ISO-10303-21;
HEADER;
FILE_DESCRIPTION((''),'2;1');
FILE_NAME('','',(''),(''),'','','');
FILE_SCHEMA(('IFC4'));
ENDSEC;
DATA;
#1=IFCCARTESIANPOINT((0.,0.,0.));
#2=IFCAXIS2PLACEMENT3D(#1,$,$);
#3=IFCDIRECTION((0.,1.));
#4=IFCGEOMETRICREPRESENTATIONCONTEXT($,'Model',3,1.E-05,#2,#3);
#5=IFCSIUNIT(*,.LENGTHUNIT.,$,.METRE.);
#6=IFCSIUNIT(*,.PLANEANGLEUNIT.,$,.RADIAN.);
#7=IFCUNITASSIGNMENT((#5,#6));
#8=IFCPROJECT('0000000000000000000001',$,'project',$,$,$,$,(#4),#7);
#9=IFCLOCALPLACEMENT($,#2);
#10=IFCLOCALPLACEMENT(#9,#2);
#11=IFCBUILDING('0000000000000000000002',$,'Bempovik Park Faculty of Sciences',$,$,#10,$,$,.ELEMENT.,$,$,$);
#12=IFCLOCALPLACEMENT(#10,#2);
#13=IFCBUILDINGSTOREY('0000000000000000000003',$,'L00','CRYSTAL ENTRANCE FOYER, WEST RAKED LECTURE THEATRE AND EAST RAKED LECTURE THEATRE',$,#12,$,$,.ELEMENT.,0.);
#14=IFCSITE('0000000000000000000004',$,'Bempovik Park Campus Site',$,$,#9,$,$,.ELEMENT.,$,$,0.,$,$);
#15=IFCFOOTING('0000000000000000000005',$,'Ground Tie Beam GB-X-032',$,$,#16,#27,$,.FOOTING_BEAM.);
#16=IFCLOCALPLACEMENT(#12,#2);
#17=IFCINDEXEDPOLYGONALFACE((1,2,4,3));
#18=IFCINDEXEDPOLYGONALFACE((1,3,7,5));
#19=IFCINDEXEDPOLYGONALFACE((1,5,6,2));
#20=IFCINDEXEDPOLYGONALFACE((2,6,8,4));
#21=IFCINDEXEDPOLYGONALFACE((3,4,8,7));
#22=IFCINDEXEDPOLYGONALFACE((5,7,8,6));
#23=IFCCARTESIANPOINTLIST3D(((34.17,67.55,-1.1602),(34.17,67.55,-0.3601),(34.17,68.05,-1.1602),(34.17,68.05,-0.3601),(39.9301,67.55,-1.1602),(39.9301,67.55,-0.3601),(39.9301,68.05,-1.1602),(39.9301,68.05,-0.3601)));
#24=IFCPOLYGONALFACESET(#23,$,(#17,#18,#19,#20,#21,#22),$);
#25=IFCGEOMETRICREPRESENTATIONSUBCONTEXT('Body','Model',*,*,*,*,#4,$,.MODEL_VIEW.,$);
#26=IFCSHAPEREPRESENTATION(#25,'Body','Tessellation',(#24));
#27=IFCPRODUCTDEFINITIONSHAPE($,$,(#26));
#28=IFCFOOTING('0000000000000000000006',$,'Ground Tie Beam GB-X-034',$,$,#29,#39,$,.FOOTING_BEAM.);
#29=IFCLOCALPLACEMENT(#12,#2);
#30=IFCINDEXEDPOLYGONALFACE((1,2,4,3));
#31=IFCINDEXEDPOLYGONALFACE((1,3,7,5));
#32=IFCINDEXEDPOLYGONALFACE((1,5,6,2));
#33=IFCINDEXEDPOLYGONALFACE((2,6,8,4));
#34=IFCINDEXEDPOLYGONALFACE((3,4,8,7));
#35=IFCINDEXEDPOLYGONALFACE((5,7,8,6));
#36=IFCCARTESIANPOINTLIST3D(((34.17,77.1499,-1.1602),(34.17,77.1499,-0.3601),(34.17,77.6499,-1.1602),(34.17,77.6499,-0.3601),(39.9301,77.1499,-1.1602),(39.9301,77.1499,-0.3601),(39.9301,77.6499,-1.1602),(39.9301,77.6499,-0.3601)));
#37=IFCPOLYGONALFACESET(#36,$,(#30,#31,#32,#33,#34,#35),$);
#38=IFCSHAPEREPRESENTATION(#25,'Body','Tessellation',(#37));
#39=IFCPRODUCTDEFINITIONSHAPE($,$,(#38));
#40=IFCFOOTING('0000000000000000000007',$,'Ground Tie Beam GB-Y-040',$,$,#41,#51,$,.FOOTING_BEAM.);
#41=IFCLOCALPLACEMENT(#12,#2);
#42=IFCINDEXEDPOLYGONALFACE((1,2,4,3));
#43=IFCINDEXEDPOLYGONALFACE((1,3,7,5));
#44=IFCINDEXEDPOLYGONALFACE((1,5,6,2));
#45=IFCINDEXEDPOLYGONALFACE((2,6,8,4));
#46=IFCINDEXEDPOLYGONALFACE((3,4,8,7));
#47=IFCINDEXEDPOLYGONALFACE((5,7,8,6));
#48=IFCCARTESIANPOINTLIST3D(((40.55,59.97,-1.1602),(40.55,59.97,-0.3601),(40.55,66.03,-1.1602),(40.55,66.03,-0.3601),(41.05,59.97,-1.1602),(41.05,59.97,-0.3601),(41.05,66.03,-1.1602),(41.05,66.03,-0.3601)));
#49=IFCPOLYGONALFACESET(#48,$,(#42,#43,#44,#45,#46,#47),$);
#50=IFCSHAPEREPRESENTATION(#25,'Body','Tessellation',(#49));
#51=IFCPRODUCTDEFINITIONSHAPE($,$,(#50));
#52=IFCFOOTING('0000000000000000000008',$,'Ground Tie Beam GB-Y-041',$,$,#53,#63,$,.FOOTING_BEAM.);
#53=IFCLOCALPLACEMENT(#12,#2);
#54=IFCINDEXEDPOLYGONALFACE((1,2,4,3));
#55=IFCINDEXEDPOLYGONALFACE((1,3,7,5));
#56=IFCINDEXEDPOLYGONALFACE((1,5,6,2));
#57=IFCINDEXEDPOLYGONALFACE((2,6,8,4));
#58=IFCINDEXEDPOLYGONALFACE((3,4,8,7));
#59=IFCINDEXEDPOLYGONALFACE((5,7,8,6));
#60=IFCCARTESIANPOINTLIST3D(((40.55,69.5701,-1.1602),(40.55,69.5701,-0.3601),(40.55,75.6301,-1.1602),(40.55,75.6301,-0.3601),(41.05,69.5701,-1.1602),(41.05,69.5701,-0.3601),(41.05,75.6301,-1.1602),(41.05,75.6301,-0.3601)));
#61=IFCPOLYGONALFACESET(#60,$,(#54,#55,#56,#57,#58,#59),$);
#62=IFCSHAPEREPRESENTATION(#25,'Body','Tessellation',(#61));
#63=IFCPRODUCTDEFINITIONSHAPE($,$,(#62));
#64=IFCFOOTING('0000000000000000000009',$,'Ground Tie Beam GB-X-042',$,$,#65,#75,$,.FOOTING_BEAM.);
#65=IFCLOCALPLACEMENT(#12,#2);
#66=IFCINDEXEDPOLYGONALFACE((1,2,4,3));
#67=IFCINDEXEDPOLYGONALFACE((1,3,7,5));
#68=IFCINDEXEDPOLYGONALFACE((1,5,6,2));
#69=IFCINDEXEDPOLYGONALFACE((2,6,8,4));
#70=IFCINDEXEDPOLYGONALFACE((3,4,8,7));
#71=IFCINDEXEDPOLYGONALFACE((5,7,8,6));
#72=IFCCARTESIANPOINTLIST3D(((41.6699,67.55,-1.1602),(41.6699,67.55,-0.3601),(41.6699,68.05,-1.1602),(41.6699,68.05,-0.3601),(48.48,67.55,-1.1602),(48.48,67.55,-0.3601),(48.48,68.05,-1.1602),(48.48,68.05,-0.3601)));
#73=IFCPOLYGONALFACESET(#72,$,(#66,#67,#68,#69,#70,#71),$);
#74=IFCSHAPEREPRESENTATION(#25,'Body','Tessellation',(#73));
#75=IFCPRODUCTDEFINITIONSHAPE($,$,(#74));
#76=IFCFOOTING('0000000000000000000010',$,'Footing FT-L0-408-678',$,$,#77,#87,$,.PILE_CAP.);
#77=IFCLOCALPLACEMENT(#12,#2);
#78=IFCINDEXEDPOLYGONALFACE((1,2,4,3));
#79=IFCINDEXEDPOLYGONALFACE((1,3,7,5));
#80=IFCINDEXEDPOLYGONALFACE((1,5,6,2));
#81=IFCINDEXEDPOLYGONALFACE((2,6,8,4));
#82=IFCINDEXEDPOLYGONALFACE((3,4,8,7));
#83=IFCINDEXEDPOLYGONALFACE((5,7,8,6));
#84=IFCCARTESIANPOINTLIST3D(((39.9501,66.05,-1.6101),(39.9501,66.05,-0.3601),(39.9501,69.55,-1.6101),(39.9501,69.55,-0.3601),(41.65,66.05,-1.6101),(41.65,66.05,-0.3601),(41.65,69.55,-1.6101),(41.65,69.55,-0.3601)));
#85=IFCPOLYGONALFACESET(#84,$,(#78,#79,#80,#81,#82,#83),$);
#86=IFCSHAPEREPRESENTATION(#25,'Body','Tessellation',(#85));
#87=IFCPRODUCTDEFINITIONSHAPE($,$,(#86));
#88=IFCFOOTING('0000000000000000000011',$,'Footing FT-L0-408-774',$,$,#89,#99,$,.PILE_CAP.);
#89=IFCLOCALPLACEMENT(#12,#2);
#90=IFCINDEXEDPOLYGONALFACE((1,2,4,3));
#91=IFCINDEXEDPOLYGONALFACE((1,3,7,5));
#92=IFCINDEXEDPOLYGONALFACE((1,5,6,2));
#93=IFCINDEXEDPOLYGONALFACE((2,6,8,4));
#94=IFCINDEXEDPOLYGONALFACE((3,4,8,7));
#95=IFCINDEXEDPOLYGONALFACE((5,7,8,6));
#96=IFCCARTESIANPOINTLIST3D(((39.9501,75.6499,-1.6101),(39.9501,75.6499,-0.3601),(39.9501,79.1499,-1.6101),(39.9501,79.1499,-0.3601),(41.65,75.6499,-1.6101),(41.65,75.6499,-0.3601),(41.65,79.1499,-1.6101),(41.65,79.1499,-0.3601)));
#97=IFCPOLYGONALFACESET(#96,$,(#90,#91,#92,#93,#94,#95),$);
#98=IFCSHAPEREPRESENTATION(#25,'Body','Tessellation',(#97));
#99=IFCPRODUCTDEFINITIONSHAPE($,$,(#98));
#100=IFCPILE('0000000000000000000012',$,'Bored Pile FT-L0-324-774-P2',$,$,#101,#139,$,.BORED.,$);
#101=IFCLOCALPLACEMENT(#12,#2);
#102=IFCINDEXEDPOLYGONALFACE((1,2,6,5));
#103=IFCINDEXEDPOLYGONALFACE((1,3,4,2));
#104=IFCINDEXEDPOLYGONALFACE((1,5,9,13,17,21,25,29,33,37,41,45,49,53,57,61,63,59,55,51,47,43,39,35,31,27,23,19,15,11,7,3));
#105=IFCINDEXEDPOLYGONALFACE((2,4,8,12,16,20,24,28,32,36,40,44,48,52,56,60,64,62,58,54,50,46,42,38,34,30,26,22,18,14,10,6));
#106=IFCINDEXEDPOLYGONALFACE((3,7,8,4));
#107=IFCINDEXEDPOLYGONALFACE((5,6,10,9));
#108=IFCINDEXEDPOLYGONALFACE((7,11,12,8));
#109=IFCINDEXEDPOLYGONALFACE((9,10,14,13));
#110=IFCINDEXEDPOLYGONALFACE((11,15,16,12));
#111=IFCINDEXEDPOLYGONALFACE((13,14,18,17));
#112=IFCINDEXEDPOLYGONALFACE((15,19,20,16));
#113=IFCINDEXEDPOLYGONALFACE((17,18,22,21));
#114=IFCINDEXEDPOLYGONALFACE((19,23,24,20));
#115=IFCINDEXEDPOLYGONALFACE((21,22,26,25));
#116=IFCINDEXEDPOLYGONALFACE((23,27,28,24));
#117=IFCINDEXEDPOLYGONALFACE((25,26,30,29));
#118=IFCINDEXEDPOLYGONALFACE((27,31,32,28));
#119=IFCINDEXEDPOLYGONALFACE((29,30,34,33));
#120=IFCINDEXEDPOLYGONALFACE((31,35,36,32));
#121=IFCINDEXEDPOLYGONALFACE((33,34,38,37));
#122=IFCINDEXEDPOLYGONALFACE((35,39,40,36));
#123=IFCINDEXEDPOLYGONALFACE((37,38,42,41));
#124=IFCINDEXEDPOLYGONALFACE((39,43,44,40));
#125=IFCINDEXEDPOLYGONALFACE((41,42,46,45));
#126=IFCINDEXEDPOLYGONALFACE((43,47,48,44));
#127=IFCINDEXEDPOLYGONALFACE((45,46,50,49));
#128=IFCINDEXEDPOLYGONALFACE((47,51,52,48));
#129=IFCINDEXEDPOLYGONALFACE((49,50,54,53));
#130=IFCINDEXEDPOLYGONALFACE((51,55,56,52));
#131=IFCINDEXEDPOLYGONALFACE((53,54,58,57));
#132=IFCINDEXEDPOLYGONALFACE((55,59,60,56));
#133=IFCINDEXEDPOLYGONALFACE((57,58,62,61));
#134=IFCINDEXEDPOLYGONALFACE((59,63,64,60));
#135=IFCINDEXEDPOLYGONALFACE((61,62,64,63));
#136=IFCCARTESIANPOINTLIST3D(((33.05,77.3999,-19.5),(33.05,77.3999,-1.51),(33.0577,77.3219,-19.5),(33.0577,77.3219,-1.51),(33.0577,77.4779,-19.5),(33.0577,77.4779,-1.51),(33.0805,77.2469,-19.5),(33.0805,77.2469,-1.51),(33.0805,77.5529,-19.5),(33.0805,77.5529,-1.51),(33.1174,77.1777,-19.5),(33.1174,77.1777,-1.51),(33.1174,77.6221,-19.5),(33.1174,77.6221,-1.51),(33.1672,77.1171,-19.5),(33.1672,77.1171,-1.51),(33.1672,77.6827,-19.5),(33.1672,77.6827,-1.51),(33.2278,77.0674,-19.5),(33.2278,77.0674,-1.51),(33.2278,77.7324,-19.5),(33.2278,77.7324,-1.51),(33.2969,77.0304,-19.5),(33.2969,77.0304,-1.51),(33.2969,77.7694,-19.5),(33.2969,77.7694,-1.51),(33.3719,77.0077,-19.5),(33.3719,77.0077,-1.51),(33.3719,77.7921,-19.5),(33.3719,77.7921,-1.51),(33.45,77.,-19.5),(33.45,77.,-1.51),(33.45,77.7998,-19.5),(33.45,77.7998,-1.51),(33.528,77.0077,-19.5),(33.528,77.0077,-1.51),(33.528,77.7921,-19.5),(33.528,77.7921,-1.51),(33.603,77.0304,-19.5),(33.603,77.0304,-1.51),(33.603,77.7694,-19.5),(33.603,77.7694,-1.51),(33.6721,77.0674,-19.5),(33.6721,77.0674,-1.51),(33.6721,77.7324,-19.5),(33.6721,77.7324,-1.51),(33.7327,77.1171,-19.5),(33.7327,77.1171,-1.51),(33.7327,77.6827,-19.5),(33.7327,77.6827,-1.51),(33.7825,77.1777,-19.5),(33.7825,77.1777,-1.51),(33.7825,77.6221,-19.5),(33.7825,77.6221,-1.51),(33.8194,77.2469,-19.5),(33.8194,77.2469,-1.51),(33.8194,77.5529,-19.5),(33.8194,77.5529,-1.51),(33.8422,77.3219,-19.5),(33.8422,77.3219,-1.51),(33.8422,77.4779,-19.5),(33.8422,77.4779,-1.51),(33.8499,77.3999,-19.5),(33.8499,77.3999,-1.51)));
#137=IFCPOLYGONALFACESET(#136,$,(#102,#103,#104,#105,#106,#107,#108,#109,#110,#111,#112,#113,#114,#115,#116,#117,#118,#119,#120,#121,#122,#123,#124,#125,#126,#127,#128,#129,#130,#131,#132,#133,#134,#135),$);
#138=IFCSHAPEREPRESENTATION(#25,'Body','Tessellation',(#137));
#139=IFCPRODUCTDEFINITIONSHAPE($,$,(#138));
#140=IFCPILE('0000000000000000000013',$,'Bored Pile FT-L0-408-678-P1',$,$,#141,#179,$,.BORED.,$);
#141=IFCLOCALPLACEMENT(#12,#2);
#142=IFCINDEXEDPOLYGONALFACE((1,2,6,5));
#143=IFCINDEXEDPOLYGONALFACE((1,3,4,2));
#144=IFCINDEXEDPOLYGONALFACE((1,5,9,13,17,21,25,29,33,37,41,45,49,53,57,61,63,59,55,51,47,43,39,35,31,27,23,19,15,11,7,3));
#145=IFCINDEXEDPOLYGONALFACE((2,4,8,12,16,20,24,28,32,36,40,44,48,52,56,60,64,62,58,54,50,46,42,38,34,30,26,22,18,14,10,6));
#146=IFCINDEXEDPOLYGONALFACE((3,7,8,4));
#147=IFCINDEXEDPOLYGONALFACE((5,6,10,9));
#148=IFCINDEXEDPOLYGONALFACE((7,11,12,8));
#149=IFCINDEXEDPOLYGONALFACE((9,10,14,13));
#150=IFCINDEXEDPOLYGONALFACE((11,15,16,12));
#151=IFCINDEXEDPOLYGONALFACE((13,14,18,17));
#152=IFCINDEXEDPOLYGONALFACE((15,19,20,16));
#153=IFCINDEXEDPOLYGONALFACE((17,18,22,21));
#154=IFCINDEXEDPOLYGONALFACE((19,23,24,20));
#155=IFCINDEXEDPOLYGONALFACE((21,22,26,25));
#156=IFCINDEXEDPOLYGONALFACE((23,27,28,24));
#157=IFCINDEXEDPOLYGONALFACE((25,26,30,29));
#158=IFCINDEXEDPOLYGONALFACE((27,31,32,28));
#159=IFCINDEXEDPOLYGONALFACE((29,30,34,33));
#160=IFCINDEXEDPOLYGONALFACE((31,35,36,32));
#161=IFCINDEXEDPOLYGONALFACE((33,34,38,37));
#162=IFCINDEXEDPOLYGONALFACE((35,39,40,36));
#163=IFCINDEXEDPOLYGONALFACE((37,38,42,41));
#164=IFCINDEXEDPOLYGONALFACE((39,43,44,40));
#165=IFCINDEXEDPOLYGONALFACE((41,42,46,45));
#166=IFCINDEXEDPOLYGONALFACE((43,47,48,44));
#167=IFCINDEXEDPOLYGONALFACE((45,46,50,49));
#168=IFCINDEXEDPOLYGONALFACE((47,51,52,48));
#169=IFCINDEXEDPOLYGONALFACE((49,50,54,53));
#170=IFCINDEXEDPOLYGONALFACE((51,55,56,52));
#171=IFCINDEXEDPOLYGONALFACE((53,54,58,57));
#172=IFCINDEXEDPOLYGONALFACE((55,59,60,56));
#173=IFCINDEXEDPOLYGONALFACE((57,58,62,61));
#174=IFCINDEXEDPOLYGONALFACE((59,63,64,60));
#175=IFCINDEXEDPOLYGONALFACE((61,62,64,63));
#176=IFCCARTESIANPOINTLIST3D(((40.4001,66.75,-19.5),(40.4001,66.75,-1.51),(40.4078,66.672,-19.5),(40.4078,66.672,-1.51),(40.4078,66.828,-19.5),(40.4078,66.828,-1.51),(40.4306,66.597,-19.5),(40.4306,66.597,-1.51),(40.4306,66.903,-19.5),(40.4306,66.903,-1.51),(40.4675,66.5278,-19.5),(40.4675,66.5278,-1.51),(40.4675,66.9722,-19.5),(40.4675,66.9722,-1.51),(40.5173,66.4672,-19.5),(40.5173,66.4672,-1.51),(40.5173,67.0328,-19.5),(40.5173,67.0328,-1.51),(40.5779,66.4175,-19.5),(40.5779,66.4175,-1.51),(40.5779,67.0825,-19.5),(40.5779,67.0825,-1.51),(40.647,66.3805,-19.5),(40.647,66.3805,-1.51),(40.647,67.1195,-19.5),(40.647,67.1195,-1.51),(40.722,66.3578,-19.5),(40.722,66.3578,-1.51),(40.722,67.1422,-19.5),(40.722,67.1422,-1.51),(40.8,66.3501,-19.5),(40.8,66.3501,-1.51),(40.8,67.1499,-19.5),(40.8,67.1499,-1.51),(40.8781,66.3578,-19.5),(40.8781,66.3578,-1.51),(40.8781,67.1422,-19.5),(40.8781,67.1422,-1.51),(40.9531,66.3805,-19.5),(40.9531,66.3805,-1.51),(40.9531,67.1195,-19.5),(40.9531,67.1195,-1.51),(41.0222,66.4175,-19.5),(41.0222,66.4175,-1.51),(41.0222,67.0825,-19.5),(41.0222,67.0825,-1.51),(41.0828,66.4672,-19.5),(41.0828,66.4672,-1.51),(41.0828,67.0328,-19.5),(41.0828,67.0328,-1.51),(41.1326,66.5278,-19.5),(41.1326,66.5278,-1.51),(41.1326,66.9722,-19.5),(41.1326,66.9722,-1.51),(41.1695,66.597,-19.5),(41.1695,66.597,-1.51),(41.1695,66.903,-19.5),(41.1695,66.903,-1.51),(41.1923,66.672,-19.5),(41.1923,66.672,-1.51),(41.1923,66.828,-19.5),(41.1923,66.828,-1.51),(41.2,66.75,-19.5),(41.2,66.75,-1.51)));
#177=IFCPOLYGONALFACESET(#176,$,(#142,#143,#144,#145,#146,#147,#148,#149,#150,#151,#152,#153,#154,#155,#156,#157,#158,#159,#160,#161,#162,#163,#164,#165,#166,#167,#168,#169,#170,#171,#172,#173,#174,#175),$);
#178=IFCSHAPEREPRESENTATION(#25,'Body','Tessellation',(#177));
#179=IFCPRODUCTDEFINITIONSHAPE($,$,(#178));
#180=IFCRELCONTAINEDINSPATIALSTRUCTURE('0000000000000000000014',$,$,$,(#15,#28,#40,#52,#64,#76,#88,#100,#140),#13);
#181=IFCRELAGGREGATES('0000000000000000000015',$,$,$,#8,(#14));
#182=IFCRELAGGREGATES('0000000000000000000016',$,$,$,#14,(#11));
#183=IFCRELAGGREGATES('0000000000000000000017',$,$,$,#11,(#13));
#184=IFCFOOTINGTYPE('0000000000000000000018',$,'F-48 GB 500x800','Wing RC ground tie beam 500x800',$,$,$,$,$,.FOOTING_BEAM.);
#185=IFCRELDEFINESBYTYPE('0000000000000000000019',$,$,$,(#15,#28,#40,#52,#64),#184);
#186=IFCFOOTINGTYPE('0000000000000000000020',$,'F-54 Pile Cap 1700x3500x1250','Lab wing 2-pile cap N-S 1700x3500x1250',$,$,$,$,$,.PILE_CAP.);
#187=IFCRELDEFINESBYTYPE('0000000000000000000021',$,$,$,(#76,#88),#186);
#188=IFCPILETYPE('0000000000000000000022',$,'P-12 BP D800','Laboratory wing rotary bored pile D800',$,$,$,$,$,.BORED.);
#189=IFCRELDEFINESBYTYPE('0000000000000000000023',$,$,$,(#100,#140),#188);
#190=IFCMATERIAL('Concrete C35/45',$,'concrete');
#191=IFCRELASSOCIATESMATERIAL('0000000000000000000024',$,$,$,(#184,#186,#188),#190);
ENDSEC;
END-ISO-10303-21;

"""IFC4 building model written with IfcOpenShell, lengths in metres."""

from ifc_helpers import new_model, si_unit, direction, frame, origin, origin_2d, place, context, subcontext, project, spatial, rectangle, circle, extrude, material, material_profile, profile_set, type_object, element, save


model = new_model("IFC4")

# Units and contexts
model_context = context("Model", 3, precision=1e-05, world=origin(), true_north=direction((0.0, 1.0)))
body_context = subcontext(model_context, "Body", "Model", "MODEL_VIEW")
ifc_project = project(units=[si_unit("LENGTHUNIT", "METRE"), si_unit("PLANEANGLEUNIT", "RADIAN")], contexts=[model_context])

# Site, building, storey
site_placement = place(None, origin())
site = spatial("IfcSite", under=ifc_project, at=site_placement, Name="Bempovik Park Campus Site", CompositionType="ELEMENT", RefElevation=0.0)
building_placement = place(site_placement, origin())
building = spatial("IfcBuilding", under=site, at=building_placement, Name="Bempovik Park Faculty of Sciences", CompositionType="ELEMENT")
storey_placement = place(building_placement, origin())
storey = spatial("IfcBuildingStorey", under=building, at=storey_placement, Name="L00", Description="CRYSTAL ENTRANCE FOYER, WEST RAKED LECTURE THEATRE AND EAST RAKED LECTURE THEATRE", CompositionType="ELEMENT", Elevation=0.0)

# Footings
ifc_material_1 = material(Name="Concrete C35/45", Category="concrete")
footing_type_1 = type_object("IfcFootingType", Name="F-48 GB 500x800", Description="Wing RC ground tie beam 500x800", PredefinedType="FOOTING_BEAM", material=ifc_material_1)
for number, where, z_axis, x_axis, name in (
    (1, (37.05, 67.8, -1.1602), (0.0, 0.0, 1.0), (1.0, 0.0, 0.0), "Ground Tie Beam GB-X-032"),
    (2, (37.05, 77.3999, -1.1602), (0.0, 0.0, 1.0), (1.0, 0.0, 0.0), "Ground Tie Beam GB-X-034"),
):
    element("IfcFooting", number, at=place(storey_placement, frame(where, z_axis=z_axis, x_axis=x_axis)), inside=storey, type_object=footing_type_1, Name=name, PredefinedType="FOOTING_BEAM", context=body_context, shape_type="SweptSolid", body=[
        extrude(rectangle(XDim=5.76, YDim=0.5, at=origin_2d()), origin(), (0.0, 0.0, 1.0), 0.8),
    ])
for number, where, z_axis, x_axis, name in (
    (3, (40.8, 63.0, -1.1602), (0.0, 0.0, 1.0), (1.0, 0.0, 0.0), "Ground Tie Beam GB-Y-040"),
    (4, (40.8, 72.6001, -1.1602), (0.0, 0.0, 1.0), (1.0, 0.0, 0.0), "Ground Tie Beam GB-Y-041"),
):
    element("IfcFooting", number, at=place(storey_placement, frame(where, z_axis=z_axis, x_axis=x_axis)), inside=storey, type_object=footing_type_1, Name=name, PredefinedType="FOOTING_BEAM", context=body_context, shape_type="SweptSolid", body=[
        extrude(rectangle(XDim=0.5, YDim=6.0601, at=origin_2d()), origin(), (0.0, 0.0, 1.0), 0.8),
    ])
footing_placement = place(storey_placement, frame((45.075, 67.8, -1.1602), z_axis=(0.0, 0.0, 1.0), x_axis=(1.0, 0.0, 0.0)))
element("IfcFooting", 5, at=footing_placement, inside=storey, type_object=footing_type_1, Name="Ground Tie Beam GB-X-042", PredefinedType="FOOTING_BEAM", context=body_context, shape_type="SweptSolid", body=[
    extrude(rectangle(XDim=6.8101, YDim=0.5, at=origin_2d()), origin(), (0.0, 0.0, 1.0), 0.8),
])
footing_type_2 = type_object("IfcFootingType", Name="F-54 Pile Cap 1700x3500x1250", Description="Lab wing 2-pile cap N-S 1700x3500x1250", PredefinedType="PILE_CAP", material=ifc_material_1)
for number, where, z_axis, x_axis, name in (
    (6, (40.8, 67.8, -1.6101), (0.0, 0.0, 1.0), (1.0, 0.0, 0.0), "Footing FT-L0-408-678"),
    (7, (40.8, 77.3999, -1.6101), (0.0, 0.0, 1.0), (1.0, 0.0, 0.0), "Footing FT-L0-408-774"),
):
    element("IfcFooting", number, at=place(storey_placement, frame(where, z_axis=z_axis, x_axis=x_axis)), inside=storey, type_object=footing_type_2, Name=name, PredefinedType="PILE_CAP", context=body_context, shape_type="SweptSolid", body=[
        extrude(rectangle(XDim=1.7, YDim=3.5, at=origin_2d()), origin(), (0.0, 0.0, 1.0), 1.25),
    ])

# Piles
ifc_material_profile_1 = material_profile(ifc_material_1, circle(Radius=0.3999, at=origin_2d()), Name="BP D800")
ifc_profile_set_1 = profile_set([ifc_material_profile_1], Name="Concrete C35/45")
pile_type_1 = type_object("IfcPileType", Name="P-12 BP D800", Description="Laboratory wing rotary bored pile D800", PredefinedType="BORED", material=ifc_profile_set_1)
for number, where, z_axis, x_axis, name in (
    (8, (33.45, 77.3999, -1.51), (0.0, 0.0, -1.0), (1.0, 0.0, 0.0), "Bored Pile FT-L0-324-774-P2"),
    (9, (40.8, 66.75, -1.51), (0.0, 0.0, -1.0), (1.0, 0.0, 0.0), "Bored Pile FT-L0-408-678-P1"),
):
    element("IfcPile", number, at=place(storey_placement, frame(where, z_axis=z_axis, x_axis=x_axis)), inside=storey, type_object=pile_type_1, Name=name, PredefinedType="BORED", context=body_context, shape_type="SweptSolid", body=[
        extrude(circle(Radius=0.3999, at=origin_2d()), origin(), (0.0, 0.0, 1.0), 17.99),
    ])

save(model, "model.ifc")
